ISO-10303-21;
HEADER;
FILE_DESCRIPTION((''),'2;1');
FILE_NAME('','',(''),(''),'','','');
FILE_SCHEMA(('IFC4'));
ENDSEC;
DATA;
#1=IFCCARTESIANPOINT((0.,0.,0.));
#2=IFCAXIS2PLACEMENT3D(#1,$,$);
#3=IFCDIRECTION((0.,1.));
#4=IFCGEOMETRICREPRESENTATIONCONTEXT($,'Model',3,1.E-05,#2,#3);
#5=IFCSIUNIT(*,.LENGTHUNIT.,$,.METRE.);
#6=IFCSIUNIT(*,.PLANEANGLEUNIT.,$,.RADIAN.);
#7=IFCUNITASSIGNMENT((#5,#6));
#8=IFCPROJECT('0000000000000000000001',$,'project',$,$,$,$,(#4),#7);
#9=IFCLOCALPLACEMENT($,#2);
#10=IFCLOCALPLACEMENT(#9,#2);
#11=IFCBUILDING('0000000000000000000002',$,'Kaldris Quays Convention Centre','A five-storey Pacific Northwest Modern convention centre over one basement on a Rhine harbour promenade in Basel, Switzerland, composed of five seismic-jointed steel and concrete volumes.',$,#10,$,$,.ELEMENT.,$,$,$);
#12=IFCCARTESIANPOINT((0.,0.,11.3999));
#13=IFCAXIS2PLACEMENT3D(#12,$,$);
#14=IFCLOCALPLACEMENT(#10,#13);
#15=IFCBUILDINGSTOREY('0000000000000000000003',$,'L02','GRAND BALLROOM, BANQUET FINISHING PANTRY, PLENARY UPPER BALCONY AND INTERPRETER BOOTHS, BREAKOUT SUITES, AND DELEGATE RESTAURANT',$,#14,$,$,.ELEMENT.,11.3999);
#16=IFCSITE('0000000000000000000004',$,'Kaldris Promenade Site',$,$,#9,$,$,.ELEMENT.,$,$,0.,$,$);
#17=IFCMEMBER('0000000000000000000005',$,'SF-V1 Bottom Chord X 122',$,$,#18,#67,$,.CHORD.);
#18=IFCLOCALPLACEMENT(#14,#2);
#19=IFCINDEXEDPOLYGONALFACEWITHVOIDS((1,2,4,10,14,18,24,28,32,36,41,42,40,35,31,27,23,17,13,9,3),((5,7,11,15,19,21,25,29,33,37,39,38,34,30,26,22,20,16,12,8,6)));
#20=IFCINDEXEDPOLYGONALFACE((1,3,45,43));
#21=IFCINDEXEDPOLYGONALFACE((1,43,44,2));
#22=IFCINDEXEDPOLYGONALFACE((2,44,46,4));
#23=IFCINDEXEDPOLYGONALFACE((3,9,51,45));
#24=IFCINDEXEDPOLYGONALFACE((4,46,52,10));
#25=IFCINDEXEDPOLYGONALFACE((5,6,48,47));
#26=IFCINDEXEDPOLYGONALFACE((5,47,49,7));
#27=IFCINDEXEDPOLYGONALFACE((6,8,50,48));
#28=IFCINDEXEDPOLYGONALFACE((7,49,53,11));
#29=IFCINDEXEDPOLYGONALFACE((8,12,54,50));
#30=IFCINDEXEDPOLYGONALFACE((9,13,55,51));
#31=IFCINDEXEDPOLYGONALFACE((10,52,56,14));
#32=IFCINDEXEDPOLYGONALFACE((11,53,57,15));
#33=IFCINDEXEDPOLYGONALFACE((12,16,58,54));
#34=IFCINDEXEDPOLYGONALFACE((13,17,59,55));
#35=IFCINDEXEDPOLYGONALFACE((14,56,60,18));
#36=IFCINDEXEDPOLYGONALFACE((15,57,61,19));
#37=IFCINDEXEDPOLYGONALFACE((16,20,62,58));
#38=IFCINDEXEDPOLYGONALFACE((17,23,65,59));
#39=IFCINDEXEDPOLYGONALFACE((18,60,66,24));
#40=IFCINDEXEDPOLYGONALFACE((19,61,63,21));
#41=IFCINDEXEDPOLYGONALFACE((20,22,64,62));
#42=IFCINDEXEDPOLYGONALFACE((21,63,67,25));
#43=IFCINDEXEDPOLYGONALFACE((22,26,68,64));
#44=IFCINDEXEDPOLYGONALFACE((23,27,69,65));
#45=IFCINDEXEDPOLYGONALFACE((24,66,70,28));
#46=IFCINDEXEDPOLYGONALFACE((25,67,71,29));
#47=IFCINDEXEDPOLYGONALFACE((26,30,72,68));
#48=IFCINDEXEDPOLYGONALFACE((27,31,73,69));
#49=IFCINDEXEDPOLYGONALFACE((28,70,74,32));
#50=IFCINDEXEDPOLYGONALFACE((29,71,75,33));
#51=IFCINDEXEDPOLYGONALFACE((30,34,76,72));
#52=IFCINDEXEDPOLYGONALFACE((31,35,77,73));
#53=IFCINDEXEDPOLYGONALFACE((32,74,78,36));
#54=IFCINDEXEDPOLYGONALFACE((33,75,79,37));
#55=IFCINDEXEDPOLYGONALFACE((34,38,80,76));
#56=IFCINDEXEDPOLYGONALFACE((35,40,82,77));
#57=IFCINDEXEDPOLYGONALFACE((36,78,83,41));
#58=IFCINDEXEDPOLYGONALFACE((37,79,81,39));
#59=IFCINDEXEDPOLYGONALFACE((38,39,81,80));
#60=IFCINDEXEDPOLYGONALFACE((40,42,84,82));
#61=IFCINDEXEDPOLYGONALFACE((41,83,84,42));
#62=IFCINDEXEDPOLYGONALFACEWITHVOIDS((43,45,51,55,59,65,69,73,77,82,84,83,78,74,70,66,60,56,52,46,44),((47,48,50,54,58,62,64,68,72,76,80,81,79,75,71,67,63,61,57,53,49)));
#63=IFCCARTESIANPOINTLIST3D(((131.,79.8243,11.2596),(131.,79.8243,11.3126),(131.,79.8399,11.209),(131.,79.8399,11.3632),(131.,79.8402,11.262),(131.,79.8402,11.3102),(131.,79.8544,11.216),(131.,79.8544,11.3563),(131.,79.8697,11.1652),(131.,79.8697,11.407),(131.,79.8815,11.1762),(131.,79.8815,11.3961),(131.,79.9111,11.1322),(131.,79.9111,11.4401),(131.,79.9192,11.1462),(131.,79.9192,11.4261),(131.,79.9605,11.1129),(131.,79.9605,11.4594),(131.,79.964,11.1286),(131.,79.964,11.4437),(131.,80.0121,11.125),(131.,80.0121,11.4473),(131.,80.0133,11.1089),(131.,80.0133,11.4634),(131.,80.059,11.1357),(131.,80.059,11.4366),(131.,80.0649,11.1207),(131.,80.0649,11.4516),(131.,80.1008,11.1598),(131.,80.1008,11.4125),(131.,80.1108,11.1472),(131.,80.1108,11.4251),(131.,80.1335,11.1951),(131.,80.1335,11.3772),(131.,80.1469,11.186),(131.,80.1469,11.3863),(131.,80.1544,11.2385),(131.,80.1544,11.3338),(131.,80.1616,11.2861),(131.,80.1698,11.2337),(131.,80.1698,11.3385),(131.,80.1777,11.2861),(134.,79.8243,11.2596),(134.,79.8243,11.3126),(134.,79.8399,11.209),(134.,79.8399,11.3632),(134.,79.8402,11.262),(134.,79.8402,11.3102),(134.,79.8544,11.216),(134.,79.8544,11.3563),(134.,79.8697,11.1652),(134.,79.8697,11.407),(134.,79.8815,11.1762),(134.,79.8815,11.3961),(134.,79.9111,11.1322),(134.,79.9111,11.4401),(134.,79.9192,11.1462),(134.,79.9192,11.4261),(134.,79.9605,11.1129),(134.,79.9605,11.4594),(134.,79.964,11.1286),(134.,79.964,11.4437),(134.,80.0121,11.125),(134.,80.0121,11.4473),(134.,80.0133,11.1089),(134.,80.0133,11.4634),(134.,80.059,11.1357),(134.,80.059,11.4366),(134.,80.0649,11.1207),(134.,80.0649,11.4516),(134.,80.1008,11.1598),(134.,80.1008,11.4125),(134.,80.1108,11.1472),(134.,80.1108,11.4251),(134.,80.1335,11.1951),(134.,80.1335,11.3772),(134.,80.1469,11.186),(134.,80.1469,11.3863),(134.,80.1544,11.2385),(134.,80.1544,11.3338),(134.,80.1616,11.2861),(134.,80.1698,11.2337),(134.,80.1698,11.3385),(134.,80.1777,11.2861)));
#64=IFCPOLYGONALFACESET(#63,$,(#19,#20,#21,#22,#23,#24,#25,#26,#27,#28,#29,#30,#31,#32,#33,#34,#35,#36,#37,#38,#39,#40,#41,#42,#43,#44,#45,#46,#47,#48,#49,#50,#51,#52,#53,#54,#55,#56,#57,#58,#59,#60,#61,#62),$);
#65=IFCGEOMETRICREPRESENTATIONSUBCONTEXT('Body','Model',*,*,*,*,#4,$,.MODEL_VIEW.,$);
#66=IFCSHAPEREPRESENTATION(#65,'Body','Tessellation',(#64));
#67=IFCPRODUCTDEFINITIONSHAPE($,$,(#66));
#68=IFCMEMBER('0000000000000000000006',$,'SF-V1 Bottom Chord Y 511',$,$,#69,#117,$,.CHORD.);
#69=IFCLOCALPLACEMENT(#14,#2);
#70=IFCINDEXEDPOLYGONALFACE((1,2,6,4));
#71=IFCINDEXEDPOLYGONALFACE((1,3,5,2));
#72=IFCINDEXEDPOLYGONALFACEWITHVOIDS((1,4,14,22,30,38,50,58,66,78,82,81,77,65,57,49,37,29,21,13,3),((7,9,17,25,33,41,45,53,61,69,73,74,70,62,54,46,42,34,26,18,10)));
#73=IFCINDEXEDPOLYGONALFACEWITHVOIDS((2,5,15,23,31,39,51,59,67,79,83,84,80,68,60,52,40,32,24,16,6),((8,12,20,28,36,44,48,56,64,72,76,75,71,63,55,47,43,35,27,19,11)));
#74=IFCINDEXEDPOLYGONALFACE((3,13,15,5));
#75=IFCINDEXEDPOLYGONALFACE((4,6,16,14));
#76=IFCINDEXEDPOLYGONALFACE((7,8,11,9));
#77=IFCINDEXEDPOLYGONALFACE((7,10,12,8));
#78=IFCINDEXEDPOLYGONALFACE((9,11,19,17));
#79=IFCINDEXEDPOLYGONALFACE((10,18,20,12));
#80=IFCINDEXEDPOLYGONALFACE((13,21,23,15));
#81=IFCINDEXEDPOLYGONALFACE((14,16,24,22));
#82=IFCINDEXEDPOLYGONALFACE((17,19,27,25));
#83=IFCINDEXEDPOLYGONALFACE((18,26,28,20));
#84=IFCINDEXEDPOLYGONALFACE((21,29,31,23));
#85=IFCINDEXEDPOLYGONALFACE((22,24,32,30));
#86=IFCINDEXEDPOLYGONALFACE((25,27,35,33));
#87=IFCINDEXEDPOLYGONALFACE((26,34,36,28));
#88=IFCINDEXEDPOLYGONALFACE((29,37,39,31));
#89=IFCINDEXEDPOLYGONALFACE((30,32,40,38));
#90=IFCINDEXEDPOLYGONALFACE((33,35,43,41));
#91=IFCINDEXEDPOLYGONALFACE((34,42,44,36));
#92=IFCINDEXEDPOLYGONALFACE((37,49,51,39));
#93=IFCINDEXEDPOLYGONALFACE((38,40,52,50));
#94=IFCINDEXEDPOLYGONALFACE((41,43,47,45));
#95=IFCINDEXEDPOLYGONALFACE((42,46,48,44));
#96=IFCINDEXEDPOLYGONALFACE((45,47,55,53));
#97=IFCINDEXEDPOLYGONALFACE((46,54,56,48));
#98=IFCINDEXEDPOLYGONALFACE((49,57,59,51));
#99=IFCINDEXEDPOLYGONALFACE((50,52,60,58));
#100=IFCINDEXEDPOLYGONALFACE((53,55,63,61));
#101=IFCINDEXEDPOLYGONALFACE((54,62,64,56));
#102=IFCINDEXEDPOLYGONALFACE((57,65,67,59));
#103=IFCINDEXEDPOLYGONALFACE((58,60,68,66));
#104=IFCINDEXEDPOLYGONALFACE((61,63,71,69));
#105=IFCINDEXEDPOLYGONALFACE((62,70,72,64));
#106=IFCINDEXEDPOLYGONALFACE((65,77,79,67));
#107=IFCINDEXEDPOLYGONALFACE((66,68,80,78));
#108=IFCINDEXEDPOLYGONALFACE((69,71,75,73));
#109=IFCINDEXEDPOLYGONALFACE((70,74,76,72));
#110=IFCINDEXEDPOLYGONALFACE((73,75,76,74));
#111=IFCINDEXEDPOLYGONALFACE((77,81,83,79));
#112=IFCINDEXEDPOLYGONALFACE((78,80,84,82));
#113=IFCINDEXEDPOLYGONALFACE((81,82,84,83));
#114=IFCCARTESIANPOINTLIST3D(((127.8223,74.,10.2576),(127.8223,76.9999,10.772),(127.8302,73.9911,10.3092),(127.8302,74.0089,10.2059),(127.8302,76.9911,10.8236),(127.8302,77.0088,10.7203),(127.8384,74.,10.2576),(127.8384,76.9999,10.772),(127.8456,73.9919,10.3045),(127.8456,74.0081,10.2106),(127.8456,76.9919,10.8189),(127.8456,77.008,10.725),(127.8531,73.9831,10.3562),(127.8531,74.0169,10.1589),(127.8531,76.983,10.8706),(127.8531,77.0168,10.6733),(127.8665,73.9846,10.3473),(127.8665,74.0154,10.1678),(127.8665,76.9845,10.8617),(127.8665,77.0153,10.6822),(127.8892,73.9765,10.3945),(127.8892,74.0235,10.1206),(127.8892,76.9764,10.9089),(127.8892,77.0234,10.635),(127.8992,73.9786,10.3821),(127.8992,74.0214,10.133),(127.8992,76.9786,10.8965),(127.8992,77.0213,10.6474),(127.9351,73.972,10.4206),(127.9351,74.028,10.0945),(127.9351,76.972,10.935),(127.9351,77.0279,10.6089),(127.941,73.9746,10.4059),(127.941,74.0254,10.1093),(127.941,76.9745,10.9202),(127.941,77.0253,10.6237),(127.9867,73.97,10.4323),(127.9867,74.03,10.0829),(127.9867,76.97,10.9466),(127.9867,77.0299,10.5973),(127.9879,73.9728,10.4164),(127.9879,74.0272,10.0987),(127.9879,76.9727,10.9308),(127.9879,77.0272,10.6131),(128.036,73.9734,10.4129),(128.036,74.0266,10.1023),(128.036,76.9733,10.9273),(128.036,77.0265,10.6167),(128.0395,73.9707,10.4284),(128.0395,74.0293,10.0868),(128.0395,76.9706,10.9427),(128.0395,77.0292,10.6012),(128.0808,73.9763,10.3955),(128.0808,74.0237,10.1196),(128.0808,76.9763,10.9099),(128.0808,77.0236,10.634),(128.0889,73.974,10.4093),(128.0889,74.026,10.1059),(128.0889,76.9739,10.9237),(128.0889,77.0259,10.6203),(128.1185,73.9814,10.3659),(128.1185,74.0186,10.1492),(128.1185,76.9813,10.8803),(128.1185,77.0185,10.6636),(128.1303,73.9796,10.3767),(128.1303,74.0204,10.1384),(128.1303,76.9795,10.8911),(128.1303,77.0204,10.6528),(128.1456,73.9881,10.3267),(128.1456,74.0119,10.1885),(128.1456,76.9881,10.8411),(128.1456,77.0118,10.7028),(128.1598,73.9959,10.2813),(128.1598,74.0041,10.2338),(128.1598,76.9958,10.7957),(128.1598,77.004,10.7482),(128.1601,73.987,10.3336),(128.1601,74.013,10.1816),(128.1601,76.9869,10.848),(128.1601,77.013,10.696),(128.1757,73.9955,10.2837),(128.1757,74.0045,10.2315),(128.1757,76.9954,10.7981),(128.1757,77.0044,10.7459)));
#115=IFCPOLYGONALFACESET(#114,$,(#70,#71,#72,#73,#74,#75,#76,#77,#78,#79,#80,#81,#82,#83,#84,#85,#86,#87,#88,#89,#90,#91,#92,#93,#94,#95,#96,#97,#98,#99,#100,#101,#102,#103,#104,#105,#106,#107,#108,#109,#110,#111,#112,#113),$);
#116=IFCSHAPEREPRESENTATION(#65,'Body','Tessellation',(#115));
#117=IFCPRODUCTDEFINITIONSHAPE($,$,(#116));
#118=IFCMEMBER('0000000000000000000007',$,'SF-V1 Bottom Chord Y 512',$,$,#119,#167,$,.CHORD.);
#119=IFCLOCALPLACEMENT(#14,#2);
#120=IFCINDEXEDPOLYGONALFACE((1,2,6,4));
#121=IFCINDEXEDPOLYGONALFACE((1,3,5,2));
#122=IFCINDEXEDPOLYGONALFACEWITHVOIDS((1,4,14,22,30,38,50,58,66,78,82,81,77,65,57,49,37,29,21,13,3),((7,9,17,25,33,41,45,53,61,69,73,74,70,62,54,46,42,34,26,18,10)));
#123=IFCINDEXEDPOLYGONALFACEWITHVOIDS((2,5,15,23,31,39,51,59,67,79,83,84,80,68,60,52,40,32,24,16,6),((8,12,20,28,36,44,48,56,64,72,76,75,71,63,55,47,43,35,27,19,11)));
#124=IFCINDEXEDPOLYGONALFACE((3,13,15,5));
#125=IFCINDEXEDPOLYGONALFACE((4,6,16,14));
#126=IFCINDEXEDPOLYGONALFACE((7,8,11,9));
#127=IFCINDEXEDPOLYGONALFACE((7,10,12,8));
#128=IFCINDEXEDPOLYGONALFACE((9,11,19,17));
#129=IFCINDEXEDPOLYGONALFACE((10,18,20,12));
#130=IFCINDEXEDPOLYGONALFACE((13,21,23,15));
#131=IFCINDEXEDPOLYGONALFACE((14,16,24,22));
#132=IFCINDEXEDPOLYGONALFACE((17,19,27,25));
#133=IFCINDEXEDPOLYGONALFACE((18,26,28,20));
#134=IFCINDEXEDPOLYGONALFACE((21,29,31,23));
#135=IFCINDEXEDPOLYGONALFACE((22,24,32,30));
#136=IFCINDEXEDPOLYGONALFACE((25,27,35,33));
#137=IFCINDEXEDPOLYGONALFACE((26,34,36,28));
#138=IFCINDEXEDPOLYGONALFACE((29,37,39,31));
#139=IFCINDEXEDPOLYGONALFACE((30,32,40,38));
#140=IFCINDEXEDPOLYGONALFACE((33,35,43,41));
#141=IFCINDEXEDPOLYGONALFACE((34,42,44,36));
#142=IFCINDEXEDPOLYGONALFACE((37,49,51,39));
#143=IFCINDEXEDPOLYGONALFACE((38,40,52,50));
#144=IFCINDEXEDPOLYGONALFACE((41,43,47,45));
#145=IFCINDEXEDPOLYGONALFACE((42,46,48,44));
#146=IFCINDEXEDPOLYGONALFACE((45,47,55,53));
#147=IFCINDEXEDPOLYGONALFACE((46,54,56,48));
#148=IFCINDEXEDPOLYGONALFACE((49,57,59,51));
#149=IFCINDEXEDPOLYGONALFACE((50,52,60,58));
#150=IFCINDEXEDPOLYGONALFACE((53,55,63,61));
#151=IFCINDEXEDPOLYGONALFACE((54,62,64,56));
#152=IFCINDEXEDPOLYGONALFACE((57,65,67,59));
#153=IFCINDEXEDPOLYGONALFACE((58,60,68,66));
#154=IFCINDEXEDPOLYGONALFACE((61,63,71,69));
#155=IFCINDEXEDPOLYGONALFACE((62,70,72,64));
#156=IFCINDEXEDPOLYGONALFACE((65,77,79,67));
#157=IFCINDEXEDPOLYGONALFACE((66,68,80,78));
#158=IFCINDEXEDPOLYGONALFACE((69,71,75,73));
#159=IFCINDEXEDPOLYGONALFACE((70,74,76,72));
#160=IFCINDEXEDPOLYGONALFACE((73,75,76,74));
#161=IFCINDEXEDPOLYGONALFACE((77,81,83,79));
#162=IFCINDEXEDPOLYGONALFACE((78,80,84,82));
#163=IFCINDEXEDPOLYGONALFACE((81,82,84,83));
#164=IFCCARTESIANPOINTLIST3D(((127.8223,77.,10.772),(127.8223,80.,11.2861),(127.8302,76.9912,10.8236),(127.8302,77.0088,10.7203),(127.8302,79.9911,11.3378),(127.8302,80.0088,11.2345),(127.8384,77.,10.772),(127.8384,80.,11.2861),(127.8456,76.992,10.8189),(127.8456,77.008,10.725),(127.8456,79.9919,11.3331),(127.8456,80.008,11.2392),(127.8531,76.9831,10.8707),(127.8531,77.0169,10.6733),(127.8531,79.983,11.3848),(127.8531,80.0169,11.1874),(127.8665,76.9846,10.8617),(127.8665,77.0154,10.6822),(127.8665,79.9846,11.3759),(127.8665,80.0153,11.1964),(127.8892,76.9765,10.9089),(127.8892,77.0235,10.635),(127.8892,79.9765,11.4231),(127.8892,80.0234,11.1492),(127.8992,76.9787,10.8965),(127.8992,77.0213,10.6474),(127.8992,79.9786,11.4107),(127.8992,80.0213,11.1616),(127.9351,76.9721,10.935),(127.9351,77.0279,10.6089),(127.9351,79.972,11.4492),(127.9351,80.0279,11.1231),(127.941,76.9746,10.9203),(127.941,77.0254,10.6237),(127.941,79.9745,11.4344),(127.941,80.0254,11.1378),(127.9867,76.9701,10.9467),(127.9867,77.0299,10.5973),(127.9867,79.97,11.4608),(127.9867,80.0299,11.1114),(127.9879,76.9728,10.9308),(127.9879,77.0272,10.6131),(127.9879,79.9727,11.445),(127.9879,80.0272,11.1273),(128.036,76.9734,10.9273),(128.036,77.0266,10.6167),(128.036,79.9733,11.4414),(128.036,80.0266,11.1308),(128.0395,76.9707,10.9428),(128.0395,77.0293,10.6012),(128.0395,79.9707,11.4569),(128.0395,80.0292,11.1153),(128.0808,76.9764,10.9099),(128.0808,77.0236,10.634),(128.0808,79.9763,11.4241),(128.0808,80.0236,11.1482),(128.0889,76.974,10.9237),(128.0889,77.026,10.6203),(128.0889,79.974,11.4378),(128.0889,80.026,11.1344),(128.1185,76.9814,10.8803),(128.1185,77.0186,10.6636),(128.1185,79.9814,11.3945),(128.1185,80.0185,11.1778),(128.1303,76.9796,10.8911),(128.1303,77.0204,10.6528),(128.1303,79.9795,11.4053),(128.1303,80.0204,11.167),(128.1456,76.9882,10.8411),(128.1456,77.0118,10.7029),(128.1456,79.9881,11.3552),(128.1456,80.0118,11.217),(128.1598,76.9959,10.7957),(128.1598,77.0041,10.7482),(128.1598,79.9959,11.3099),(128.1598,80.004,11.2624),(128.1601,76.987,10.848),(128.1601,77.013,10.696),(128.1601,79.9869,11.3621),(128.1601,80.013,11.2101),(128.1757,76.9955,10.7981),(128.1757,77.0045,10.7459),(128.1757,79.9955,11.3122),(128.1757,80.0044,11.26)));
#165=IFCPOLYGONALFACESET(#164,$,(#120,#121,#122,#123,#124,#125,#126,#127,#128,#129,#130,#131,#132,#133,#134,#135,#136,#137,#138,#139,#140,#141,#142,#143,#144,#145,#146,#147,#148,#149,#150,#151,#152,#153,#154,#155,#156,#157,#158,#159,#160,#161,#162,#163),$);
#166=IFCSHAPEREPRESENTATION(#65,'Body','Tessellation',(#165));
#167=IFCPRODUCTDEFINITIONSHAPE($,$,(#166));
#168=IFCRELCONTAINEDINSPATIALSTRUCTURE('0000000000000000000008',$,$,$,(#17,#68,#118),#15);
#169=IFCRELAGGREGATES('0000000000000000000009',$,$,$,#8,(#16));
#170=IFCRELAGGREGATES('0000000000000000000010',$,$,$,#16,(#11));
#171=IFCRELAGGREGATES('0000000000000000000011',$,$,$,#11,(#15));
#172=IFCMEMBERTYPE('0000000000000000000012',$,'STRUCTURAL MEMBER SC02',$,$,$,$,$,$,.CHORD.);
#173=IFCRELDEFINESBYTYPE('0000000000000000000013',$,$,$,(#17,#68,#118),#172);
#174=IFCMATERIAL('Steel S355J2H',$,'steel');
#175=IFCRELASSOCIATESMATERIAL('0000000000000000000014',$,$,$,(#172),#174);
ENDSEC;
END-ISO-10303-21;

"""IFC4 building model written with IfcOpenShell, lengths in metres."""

from ifc_helpers import new_model, si_unit, direction, frame, origin, origin_2d, place, context, subcontext, project, spatial, hollow_circle, extrude, material, material_profile, profile_set, type_object, element, save


model = new_model("IFC4")

# Units and contexts
model_context = context("Model", 3, precision=1e-05, world=origin(), true_north=direction((0.0, 1.0)))
body_context = subcontext(model_context, "Body", "Model", "MODEL_VIEW")
ifc_project = project(units=[si_unit("LENGTHUNIT", "METRE"), si_unit("PLANEANGLEUNIT", "RADIAN")], contexts=[model_context])

# Site, building, storey
site_placement = place(None, origin())
site = spatial("IfcSite", under=ifc_project, at=site_placement, Name="Kaldris Promenade Site", CompositionType="ELEMENT", RefElevation=0.0)
building_placement = place(site_placement, origin())
building = spatial("IfcBuilding", under=site, at=building_placement, Name="Kaldris Quays Convention Centre", Description="A five-storey Pacific Northwest Modern convention centre over one basement on a Rhine harbour promenade in Basel, Switzerland, composed of five seismic-jointed steel and concrete volumes.", CompositionType="ELEMENT")
storey_placement = place(building_placement, frame((0.0, 0.0, 11.3999)))
storey = spatial("IfcBuildingStorey", under=building, at=storey_placement, Name="L02", Description="GRAND BALLROOM, BANQUET FINISHING PANTRY, PLENARY UPPER BALCONY AND INTERPRETER BOOTHS, BREAKOUT SUITES, AND DELEGATE RESTAURANT", CompositionType="ELEMENT", Elevation=11.3999)

# Members
ifc_material_1 = material(Name="Steel S355J2H", Category="steel")
ifc_material_profile_1 = material_profile(ifc_material_1, hollow_circle(Radius=0.1777, WallThickness=0.0161, at=origin_2d()), Name="CHS 355.6x16")
ifc_profile_set_1 = profile_set([ifc_material_profile_1], Name="Steel S355J2H")
member_type_1 = type_object("IfcMemberType", Name="STRUCTURAL MEMBER SC02", PredefinedType="CHORD", material=ifc_profile_set_1)
for number, where, z_axis, x_axis, name in (
    (1, (131.0, 80.0, 11.2861), (1.0, 0.0, 0.0), (0.0, 1.0, 0.0), "SF-V1 Bottom Chord X 122"),
):
    element("IfcMember", number, at=place(storey_placement, frame(where, z_axis=z_axis, x_axis=x_axis)), inside=storey, type_object=member_type_1, Name=name, PredefinedType="CHORD", context=body_context, shape_type="SweptSolid", body=[
        extrude(hollow_circle(Radius=0.1777, WallThickness=0.0161, at=origin_2d()), origin(), (0.0, 0.0, 1.0), 3.0),
    ])
for number, where, z_axis, x_axis, name in (
    (2, (128.0, 74.0, 10.2576), (0.0, 0.985616, 0.169002), (-1.0, 0.0, 0.0), "SF-V1 Bottom Chord Y 511"),
    (3, (128.0, 77.0, 10.772), (0.0, 0.985629, 0.168924), (-1.0, 0.0, 0.0), "SF-V1 Bottom Chord Y 512"),
):
    element("IfcMember", number, at=place(storey_placement, frame(where, z_axis=z_axis, x_axis=x_axis)), inside=storey, type_object=member_type_1, Name=name, PredefinedType="CHORD", context=body_context, shape_type="SweptSolid", body=[
        extrude(hollow_circle(Radius=0.1777, WallThickness=0.0161, at=origin_2d()), origin(), (0.0, 0.0, 1.0), 3.0437),
    ])

save(model, "model.ifc")
